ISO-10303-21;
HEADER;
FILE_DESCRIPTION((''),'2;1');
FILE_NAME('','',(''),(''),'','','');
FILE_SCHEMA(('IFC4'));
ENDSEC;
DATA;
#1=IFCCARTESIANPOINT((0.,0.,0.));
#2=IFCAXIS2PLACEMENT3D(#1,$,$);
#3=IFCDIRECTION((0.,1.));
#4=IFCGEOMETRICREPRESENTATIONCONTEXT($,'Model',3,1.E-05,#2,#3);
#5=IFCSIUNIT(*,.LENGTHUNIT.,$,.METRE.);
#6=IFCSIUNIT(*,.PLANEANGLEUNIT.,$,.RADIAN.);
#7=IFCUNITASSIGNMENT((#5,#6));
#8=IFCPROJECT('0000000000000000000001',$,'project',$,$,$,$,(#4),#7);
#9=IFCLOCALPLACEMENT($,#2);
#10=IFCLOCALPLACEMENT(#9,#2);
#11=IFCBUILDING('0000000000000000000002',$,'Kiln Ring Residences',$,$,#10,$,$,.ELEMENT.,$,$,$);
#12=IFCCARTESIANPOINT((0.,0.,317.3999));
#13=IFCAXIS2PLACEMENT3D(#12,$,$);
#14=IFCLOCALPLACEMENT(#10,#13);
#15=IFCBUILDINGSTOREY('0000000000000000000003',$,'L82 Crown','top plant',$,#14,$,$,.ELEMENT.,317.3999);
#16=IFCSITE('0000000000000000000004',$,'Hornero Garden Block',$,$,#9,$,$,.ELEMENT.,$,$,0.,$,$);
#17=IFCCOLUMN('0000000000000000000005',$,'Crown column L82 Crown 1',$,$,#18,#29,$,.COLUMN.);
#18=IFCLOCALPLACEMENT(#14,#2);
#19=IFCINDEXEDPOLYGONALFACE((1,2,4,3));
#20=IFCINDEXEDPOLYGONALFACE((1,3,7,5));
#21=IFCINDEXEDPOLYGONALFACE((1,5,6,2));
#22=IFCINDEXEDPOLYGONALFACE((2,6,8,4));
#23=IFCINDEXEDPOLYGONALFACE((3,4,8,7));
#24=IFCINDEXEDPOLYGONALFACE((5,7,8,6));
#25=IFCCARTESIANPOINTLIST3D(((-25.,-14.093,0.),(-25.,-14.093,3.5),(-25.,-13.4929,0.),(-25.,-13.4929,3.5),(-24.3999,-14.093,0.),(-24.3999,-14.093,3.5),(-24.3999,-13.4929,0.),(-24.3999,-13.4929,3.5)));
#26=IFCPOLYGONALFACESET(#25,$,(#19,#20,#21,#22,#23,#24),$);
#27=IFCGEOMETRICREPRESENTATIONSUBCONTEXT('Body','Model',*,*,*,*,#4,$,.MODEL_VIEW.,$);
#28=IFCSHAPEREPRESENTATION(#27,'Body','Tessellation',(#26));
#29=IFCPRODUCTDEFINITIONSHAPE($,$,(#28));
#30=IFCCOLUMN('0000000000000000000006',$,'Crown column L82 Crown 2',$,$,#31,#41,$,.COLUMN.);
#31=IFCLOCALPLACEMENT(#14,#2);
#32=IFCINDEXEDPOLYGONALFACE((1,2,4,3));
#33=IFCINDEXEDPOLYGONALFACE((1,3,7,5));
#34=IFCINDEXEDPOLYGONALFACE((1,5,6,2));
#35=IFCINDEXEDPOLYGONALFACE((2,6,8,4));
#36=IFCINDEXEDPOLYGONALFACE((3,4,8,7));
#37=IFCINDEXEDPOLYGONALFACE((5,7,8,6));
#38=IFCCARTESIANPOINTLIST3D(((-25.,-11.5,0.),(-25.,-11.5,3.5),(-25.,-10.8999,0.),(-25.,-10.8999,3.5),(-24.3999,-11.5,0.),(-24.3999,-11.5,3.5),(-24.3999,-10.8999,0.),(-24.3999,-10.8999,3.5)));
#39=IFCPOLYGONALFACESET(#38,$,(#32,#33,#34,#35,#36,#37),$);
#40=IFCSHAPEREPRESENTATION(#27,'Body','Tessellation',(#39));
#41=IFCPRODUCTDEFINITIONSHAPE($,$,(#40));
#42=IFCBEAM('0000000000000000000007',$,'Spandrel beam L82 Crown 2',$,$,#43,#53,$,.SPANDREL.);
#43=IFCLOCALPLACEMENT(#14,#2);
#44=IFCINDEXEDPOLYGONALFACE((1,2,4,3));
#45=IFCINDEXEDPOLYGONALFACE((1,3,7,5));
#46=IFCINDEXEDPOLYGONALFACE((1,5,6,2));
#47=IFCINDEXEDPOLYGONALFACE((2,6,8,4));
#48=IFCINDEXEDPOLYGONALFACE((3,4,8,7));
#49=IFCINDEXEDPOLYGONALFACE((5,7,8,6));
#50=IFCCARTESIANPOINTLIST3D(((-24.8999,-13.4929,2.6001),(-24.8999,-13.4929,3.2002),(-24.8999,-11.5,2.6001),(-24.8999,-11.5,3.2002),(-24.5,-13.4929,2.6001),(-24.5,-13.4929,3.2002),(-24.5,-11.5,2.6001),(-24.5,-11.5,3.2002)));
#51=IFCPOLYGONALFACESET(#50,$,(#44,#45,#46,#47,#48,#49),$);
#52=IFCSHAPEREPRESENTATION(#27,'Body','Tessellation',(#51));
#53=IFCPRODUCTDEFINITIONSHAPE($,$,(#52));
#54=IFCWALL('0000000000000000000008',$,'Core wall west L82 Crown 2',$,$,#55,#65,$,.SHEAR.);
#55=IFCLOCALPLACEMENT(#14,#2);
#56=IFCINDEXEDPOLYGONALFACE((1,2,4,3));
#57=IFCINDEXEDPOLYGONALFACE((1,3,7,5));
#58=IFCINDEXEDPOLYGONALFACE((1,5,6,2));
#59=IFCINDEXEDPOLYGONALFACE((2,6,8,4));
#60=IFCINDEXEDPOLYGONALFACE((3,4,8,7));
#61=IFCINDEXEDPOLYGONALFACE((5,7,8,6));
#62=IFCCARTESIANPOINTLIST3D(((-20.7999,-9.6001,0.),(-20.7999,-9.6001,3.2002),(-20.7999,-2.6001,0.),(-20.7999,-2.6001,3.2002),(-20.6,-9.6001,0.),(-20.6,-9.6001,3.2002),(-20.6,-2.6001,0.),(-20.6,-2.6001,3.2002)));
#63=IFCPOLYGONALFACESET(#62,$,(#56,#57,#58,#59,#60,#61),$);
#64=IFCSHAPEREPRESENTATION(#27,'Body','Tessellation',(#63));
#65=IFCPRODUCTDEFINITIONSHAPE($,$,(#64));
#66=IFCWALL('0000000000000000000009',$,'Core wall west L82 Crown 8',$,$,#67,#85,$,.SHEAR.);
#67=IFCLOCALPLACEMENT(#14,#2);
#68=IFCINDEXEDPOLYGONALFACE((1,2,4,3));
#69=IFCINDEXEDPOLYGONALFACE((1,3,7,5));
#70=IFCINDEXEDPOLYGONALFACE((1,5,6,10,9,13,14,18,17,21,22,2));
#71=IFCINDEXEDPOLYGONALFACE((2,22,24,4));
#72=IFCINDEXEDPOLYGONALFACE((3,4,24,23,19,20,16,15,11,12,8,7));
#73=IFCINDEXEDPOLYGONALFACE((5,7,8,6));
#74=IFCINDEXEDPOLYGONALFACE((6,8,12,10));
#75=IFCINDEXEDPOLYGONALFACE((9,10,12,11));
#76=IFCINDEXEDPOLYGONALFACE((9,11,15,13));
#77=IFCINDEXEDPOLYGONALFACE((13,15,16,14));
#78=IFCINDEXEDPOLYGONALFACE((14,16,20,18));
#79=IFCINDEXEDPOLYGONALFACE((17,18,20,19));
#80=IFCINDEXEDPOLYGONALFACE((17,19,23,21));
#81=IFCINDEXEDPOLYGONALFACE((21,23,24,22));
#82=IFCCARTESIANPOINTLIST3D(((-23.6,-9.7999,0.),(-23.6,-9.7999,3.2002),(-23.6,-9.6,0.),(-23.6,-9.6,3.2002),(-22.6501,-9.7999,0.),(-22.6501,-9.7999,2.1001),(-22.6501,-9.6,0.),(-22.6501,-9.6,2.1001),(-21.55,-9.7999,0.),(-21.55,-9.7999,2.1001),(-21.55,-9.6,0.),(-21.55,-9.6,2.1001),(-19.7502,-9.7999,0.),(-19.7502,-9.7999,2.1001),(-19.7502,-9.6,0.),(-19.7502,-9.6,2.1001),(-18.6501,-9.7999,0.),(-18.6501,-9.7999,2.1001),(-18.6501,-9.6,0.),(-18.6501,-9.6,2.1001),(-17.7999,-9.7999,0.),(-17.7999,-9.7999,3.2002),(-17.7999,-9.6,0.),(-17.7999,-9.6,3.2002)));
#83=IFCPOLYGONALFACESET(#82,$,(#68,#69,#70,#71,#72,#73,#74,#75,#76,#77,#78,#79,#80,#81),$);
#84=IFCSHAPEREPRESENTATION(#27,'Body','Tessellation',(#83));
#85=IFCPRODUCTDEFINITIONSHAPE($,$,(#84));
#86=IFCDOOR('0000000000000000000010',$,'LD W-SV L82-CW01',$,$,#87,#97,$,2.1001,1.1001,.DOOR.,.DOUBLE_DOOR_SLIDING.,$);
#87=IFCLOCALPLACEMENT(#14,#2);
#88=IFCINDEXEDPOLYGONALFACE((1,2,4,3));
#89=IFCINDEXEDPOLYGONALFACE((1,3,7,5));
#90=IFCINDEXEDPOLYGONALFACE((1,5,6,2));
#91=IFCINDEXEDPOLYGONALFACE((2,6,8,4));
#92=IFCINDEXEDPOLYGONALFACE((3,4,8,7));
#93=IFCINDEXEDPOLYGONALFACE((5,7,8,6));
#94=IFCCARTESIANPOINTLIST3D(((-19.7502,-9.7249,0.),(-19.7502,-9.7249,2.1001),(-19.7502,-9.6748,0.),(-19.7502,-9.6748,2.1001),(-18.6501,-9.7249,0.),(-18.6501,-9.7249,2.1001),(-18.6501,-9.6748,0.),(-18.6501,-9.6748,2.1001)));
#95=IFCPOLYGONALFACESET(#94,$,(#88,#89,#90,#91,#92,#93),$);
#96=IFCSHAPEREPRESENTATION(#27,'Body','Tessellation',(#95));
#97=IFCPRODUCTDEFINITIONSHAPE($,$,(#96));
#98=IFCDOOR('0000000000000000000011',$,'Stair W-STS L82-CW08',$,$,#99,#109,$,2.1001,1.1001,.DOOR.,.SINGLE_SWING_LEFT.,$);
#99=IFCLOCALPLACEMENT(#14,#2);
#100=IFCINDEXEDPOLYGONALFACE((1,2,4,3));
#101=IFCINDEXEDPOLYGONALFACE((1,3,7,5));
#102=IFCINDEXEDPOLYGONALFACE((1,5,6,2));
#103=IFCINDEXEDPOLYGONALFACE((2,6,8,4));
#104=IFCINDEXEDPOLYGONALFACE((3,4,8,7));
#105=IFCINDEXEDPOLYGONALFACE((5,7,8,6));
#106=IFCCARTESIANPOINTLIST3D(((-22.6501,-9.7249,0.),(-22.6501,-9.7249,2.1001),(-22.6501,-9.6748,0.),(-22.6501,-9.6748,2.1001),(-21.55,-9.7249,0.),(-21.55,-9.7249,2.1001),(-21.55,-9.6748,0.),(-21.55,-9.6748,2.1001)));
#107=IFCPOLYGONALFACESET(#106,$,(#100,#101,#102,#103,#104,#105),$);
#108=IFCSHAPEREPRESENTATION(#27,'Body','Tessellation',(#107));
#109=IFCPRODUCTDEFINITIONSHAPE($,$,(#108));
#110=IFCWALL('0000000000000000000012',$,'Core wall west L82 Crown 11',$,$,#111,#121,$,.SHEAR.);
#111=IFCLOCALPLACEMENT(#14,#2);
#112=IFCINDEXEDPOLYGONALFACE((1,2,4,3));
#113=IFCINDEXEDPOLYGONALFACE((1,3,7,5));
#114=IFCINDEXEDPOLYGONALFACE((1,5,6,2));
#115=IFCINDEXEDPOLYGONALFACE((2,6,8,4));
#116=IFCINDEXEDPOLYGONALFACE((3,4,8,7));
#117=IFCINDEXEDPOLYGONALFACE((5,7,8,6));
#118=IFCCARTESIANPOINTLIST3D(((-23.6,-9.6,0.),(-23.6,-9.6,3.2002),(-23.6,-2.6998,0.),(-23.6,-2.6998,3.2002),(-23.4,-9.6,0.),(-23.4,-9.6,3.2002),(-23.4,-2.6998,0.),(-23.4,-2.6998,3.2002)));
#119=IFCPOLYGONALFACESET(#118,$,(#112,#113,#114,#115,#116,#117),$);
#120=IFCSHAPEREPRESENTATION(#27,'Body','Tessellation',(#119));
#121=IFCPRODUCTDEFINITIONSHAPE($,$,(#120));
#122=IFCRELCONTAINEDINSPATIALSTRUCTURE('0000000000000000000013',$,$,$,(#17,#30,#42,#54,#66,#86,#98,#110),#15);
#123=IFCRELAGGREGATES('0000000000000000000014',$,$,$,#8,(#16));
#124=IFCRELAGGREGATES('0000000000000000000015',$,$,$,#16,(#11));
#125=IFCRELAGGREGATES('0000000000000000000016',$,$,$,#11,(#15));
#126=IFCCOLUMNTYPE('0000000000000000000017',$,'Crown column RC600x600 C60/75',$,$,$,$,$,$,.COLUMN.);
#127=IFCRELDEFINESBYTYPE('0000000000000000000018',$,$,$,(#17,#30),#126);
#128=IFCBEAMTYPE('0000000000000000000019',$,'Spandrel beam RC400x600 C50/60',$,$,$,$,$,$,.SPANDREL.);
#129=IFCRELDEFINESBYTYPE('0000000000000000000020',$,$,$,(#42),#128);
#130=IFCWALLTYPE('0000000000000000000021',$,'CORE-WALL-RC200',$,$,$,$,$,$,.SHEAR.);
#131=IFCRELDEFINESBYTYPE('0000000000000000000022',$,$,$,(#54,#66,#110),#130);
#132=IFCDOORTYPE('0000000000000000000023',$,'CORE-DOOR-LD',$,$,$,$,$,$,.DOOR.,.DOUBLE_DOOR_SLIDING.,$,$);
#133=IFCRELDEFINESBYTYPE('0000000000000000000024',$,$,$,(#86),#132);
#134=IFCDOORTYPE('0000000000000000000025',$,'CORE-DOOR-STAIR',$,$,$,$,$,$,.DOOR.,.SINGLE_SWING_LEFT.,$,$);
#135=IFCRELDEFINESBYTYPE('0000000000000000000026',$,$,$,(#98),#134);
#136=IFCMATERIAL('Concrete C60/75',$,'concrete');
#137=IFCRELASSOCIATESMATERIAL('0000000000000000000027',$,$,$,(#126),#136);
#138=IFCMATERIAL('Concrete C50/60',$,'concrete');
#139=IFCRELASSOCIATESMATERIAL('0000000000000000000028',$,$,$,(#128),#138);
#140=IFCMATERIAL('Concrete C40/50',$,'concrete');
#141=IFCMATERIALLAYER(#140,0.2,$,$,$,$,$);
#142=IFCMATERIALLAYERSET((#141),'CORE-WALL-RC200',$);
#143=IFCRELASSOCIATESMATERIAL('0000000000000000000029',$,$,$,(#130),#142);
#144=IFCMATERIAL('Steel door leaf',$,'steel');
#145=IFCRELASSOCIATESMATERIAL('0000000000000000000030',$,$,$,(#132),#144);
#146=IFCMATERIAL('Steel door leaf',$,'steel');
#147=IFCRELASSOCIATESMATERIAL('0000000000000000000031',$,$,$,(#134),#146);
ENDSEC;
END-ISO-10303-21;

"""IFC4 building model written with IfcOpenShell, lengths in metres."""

from ifc_helpers import new_model, si_unit, direction, frame, frame_2d, origin, origin_2d, place, context, subcontext, project, spatial, rectangle, extrude, material, layer, layer_set, material_profile, profile_set, type_object, element, fill, save


model = new_model("IFC4")

# Units and contexts
model_context = context("Model", 3, precision=1e-05, world=origin(), true_north=direction((0.0, 1.0)))
body_context = subcontext(model_context, "Body", "Model", "MODEL_VIEW")
ifc_project = project(units=[si_unit("LENGTHUNIT", "METRE"), si_unit("PLANEANGLEUNIT", "RADIAN")], contexts=[model_context])

# Site, building, storey
site_placement = place(None, origin())
site = spatial("IfcSite", under=ifc_project, at=site_placement, Name="Hornero Garden Block", CompositionType="ELEMENT", RefElevation=0.0)
building_placement = place(site_placement, origin())
building = spatial("IfcBuilding", under=site, at=building_placement, Name="Kiln Ring Residences", CompositionType="ELEMENT")
storey_placement = place(building_placement, frame((0.0, 0.0, 317.3999)))
storey = spatial("IfcBuildingStorey", under=building, at=storey_placement, Name="L82 Crown", Description="top plant", CompositionType="ELEMENT", Elevation=317.3999)

# Columns
ifc_material_1 = material(Name="Concrete C60/75", Category="concrete")
ifc_material_profile_1 = material_profile(ifc_material_1, rectangle(XDim=0.6001, YDim=0.6001, at=origin_2d()), Name="RC600x600")
ifc_profile_set_1 = profile_set([ifc_material_profile_1], Name="Concrete C60/75")
column_type = type_object("IfcColumnType", Name="Crown column RC600x600 C60/75", PredefinedType="COLUMN", material=ifc_profile_set_1)
for number, where, z_axis, x_axis, name in (
    (1, (-24.7, -13.793, 0.0), (0.0, 0.0, 1.0), (1.0, 0.0, 0.0), "Crown column L82 Crown 1"),
    (2, (-24.7, -11.2, 0.0), (0.0, 0.0, 1.0), (1.0, 0.0, 0.0), "Crown column L82 Crown 2"),
):
    element("IfcColumn", number, at=place(storey_placement, frame(where, z_axis=z_axis, x_axis=x_axis)), inside=storey, type_object=column_type, Name=name, PredefinedType="COLUMN", context=body_context, shape_type="SweptSolid", body=[
        extrude(rectangle(XDim=0.6001, YDim=0.6001, at=origin_2d()), origin(), (0.0, 0.0, 1.0), 3.5),
    ])

# Beam
ifc_material_2 = material(Name="Concrete C50/60", Category="concrete")
ifc_material_profile_2 = material_profile(ifc_material_2, rectangle(XDim=0.3999, YDim=0.6001, at=origin_2d()), Name="RC400x600")
ifc_profile_set_2 = profile_set([ifc_material_profile_2], Name="Concrete C50/60")
beam_type = type_object("IfcBeamType", Name="Spandrel beam RC400x600 C50/60", PredefinedType="SPANDREL", material=ifc_profile_set_2)
beam_placement = place(storey_placement, frame((-24.7, -11.5, 2.9001), z_axis=(0.0, -1.0, 0.0), x_axis=(1.0, 0.0, 0.0)))
element("IfcBeam", 3, at=beam_placement, inside=storey, type_object=beam_type, Name="Spandrel beam L82 Crown 2", PredefinedType="SPANDREL", context=body_context, shape_type="SweptSolid", body=[
    extrude(rectangle(XDim=0.3999, YDim=0.6001, at=origin_2d()), origin(), (0.0, 0.0, 1.0), 1.9929),
])

# Wall
ifc_material_3 = material(Name="Concrete C40/50", Category="concrete")
ifc_layer_1 = layer(ifc_material_3, 0.2)
ifc_layer_set_1 = layer_set([ifc_layer_1], Name="CORE-WALL-RC200")
wall_type_1 = type_object("IfcWallType", Name="CORE-WALL-RC200", PredefinedType="SHEAR", material=ifc_layer_set_1)
wall_1_placement = place(storey_placement, frame((-20.7, -9.6001, 0.0), z_axis=(0.0, 0.0, 1.0), x_axis=(0.0, 1.0, 0.0)))
element("IfcWall", 4, at=wall_1_placement, inside=storey, type_object=wall_type_1, Name="Core wall west L82 Crown 2", PredefinedType="SHEAR", context=body_context, shape_type="SweptSolid", body=[
    extrude(rectangle(XDim=7.0, YDim=0.2, at=frame_2d((3.5, 0.0))), origin(), (0.0, 0.0, 1.0), 3.2002),
])

# Wall, openings, doors
wall_2_placement = place(storey_placement, frame((-17.8, -9.7, 0.0), z_axis=(0.0, 0.0, 1.0), x_axis=(-1.0, 0.0, 0.0)))
wall_2 = element("IfcWall", 5, at=wall_2_placement, inside=storey, type_object=wall_type_1, Name="Core wall west L82 Crown 8", PredefinedType="SHEAR", context=body_context, shape_type="SweptSolid", body=[
    extrude(rectangle(XDim=5.8, YDim=0.2, at=frame_2d((2.8999, 0.0))), origin(), (0.0, 0.0, 1.0), 3.2002),
])
opening_1_placement = place(wall_2_placement, frame((0.8501, 0.0, 0.0)))
opening_1 = element("IfcOpeningElement", 6, at=opening_1_placement, cuts=wall_2, PredefinedType="OPENING", context=body_context, shape_type="SweptSolid", body=[
    extrude(rectangle(XDim=1.1001, YDim=2.1001, at=frame_2d((0.55, 1.05))), frame((0.0, 0.1099, 0.0), z_axis=(0.0, -1.0, 0.0), x_axis=(1.0, 0.0, 0.0)), (0.0, 0.0, 1.0), 0.22),
])
opening_2_placement = place(wall_2_placement, frame((3.75, 0.0, 0.0)))
opening_2 = element("IfcOpeningElement", 7, at=opening_2_placement, cuts=wall_2, PredefinedType="OPENING", context=body_context, shape_type="SweptSolid", body=[
    extrude(rectangle(XDim=1.1001, YDim=2.1001, at=frame_2d((0.55, 1.05))), frame((0.0, 0.1099, 0.0), z_axis=(0.0, -1.0, 0.0), x_axis=(1.0, 0.0, 0.0)), (0.0, 0.0, 1.0), 0.22),
])
ifc_material_4 = material(Name="Steel door leaf", Category="steel")
door_type_1 = type_object("IfcDoorType", Name="CORE-DOOR-LD", OperationType="DOUBLE_DOOR_SLIDING", PredefinedType="DOOR", material=ifc_material_4)
door_1_placement = place(opening_1_placement, origin())
door_1 = element("IfcDoor", 8, at=door_1_placement, inside=storey, type_object=door_type_1, Name="LD W-SV L82-CW01", OperationType="DOUBLE_DOOR_SLIDING", OverallHeight=2.1001, OverallWidth=1.1001, PredefinedType="DOOR", context=body_context, shape_type="SweptSolid", body=[
    extrude(rectangle(XDim=1.1001, YDim=2.1001, at=frame_2d((0.55, 1.05))), frame((0.0, 0.0249, 0.0), z_axis=(0.0, -1.0, 0.0), x_axis=(1.0, 0.0, 0.0)), (0.0, 0.0, 1.0), 0.05),
])
fill(opening_1, door_1)
ifc_material_5 = material(Name="Steel door leaf", Category="steel")
door_type_2 = type_object("IfcDoorType", Name="CORE-DOOR-STAIR", OperationType="SINGLE_SWING_LEFT", PredefinedType="DOOR", material=ifc_material_5)
door_2_placement = place(opening_2_placement, origin())
door_2 = element("IfcDoor", 9, at=door_2_placement, inside=storey, type_object=door_type_2, Name="Stair W-STS L82-CW08", OperationType="SINGLE_SWING_LEFT", OverallHeight=2.1001, OverallWidth=1.1001, PredefinedType="DOOR", context=body_context, shape_type="SweptSolid", body=[
    extrude(rectangle(XDim=1.1001, YDim=2.1001, at=frame_2d((0.55, 1.05))), frame((0.0, 0.0249, 0.0), z_axis=(0.0, -1.0, 0.0), x_axis=(1.0, 0.0, 0.0)), (0.0, 0.0, 1.0), 0.05),
])
fill(opening_2, door_2)

# Wall
wall_3_placement = place(storey_placement, frame((-23.5, -9.6001, 0.0), z_axis=(0.0, 0.0, 1.0), x_axis=(0.0, 1.0, 0.0)))
element("IfcWall", 10, at=wall_3_placement, inside=storey, type_object=wall_type_1, Name="Core wall west L82 Crown 11", PredefinedType="SHEAR", context=body_context, shape_type="SweptSolid", body=[
    extrude(rectangle(XDim=6.9001, YDim=0.2, at=frame_2d((3.4502, 0.0))), origin(), (0.0, 0.0, 1.0), 3.2002),
])

save(model, "model.ifc")
